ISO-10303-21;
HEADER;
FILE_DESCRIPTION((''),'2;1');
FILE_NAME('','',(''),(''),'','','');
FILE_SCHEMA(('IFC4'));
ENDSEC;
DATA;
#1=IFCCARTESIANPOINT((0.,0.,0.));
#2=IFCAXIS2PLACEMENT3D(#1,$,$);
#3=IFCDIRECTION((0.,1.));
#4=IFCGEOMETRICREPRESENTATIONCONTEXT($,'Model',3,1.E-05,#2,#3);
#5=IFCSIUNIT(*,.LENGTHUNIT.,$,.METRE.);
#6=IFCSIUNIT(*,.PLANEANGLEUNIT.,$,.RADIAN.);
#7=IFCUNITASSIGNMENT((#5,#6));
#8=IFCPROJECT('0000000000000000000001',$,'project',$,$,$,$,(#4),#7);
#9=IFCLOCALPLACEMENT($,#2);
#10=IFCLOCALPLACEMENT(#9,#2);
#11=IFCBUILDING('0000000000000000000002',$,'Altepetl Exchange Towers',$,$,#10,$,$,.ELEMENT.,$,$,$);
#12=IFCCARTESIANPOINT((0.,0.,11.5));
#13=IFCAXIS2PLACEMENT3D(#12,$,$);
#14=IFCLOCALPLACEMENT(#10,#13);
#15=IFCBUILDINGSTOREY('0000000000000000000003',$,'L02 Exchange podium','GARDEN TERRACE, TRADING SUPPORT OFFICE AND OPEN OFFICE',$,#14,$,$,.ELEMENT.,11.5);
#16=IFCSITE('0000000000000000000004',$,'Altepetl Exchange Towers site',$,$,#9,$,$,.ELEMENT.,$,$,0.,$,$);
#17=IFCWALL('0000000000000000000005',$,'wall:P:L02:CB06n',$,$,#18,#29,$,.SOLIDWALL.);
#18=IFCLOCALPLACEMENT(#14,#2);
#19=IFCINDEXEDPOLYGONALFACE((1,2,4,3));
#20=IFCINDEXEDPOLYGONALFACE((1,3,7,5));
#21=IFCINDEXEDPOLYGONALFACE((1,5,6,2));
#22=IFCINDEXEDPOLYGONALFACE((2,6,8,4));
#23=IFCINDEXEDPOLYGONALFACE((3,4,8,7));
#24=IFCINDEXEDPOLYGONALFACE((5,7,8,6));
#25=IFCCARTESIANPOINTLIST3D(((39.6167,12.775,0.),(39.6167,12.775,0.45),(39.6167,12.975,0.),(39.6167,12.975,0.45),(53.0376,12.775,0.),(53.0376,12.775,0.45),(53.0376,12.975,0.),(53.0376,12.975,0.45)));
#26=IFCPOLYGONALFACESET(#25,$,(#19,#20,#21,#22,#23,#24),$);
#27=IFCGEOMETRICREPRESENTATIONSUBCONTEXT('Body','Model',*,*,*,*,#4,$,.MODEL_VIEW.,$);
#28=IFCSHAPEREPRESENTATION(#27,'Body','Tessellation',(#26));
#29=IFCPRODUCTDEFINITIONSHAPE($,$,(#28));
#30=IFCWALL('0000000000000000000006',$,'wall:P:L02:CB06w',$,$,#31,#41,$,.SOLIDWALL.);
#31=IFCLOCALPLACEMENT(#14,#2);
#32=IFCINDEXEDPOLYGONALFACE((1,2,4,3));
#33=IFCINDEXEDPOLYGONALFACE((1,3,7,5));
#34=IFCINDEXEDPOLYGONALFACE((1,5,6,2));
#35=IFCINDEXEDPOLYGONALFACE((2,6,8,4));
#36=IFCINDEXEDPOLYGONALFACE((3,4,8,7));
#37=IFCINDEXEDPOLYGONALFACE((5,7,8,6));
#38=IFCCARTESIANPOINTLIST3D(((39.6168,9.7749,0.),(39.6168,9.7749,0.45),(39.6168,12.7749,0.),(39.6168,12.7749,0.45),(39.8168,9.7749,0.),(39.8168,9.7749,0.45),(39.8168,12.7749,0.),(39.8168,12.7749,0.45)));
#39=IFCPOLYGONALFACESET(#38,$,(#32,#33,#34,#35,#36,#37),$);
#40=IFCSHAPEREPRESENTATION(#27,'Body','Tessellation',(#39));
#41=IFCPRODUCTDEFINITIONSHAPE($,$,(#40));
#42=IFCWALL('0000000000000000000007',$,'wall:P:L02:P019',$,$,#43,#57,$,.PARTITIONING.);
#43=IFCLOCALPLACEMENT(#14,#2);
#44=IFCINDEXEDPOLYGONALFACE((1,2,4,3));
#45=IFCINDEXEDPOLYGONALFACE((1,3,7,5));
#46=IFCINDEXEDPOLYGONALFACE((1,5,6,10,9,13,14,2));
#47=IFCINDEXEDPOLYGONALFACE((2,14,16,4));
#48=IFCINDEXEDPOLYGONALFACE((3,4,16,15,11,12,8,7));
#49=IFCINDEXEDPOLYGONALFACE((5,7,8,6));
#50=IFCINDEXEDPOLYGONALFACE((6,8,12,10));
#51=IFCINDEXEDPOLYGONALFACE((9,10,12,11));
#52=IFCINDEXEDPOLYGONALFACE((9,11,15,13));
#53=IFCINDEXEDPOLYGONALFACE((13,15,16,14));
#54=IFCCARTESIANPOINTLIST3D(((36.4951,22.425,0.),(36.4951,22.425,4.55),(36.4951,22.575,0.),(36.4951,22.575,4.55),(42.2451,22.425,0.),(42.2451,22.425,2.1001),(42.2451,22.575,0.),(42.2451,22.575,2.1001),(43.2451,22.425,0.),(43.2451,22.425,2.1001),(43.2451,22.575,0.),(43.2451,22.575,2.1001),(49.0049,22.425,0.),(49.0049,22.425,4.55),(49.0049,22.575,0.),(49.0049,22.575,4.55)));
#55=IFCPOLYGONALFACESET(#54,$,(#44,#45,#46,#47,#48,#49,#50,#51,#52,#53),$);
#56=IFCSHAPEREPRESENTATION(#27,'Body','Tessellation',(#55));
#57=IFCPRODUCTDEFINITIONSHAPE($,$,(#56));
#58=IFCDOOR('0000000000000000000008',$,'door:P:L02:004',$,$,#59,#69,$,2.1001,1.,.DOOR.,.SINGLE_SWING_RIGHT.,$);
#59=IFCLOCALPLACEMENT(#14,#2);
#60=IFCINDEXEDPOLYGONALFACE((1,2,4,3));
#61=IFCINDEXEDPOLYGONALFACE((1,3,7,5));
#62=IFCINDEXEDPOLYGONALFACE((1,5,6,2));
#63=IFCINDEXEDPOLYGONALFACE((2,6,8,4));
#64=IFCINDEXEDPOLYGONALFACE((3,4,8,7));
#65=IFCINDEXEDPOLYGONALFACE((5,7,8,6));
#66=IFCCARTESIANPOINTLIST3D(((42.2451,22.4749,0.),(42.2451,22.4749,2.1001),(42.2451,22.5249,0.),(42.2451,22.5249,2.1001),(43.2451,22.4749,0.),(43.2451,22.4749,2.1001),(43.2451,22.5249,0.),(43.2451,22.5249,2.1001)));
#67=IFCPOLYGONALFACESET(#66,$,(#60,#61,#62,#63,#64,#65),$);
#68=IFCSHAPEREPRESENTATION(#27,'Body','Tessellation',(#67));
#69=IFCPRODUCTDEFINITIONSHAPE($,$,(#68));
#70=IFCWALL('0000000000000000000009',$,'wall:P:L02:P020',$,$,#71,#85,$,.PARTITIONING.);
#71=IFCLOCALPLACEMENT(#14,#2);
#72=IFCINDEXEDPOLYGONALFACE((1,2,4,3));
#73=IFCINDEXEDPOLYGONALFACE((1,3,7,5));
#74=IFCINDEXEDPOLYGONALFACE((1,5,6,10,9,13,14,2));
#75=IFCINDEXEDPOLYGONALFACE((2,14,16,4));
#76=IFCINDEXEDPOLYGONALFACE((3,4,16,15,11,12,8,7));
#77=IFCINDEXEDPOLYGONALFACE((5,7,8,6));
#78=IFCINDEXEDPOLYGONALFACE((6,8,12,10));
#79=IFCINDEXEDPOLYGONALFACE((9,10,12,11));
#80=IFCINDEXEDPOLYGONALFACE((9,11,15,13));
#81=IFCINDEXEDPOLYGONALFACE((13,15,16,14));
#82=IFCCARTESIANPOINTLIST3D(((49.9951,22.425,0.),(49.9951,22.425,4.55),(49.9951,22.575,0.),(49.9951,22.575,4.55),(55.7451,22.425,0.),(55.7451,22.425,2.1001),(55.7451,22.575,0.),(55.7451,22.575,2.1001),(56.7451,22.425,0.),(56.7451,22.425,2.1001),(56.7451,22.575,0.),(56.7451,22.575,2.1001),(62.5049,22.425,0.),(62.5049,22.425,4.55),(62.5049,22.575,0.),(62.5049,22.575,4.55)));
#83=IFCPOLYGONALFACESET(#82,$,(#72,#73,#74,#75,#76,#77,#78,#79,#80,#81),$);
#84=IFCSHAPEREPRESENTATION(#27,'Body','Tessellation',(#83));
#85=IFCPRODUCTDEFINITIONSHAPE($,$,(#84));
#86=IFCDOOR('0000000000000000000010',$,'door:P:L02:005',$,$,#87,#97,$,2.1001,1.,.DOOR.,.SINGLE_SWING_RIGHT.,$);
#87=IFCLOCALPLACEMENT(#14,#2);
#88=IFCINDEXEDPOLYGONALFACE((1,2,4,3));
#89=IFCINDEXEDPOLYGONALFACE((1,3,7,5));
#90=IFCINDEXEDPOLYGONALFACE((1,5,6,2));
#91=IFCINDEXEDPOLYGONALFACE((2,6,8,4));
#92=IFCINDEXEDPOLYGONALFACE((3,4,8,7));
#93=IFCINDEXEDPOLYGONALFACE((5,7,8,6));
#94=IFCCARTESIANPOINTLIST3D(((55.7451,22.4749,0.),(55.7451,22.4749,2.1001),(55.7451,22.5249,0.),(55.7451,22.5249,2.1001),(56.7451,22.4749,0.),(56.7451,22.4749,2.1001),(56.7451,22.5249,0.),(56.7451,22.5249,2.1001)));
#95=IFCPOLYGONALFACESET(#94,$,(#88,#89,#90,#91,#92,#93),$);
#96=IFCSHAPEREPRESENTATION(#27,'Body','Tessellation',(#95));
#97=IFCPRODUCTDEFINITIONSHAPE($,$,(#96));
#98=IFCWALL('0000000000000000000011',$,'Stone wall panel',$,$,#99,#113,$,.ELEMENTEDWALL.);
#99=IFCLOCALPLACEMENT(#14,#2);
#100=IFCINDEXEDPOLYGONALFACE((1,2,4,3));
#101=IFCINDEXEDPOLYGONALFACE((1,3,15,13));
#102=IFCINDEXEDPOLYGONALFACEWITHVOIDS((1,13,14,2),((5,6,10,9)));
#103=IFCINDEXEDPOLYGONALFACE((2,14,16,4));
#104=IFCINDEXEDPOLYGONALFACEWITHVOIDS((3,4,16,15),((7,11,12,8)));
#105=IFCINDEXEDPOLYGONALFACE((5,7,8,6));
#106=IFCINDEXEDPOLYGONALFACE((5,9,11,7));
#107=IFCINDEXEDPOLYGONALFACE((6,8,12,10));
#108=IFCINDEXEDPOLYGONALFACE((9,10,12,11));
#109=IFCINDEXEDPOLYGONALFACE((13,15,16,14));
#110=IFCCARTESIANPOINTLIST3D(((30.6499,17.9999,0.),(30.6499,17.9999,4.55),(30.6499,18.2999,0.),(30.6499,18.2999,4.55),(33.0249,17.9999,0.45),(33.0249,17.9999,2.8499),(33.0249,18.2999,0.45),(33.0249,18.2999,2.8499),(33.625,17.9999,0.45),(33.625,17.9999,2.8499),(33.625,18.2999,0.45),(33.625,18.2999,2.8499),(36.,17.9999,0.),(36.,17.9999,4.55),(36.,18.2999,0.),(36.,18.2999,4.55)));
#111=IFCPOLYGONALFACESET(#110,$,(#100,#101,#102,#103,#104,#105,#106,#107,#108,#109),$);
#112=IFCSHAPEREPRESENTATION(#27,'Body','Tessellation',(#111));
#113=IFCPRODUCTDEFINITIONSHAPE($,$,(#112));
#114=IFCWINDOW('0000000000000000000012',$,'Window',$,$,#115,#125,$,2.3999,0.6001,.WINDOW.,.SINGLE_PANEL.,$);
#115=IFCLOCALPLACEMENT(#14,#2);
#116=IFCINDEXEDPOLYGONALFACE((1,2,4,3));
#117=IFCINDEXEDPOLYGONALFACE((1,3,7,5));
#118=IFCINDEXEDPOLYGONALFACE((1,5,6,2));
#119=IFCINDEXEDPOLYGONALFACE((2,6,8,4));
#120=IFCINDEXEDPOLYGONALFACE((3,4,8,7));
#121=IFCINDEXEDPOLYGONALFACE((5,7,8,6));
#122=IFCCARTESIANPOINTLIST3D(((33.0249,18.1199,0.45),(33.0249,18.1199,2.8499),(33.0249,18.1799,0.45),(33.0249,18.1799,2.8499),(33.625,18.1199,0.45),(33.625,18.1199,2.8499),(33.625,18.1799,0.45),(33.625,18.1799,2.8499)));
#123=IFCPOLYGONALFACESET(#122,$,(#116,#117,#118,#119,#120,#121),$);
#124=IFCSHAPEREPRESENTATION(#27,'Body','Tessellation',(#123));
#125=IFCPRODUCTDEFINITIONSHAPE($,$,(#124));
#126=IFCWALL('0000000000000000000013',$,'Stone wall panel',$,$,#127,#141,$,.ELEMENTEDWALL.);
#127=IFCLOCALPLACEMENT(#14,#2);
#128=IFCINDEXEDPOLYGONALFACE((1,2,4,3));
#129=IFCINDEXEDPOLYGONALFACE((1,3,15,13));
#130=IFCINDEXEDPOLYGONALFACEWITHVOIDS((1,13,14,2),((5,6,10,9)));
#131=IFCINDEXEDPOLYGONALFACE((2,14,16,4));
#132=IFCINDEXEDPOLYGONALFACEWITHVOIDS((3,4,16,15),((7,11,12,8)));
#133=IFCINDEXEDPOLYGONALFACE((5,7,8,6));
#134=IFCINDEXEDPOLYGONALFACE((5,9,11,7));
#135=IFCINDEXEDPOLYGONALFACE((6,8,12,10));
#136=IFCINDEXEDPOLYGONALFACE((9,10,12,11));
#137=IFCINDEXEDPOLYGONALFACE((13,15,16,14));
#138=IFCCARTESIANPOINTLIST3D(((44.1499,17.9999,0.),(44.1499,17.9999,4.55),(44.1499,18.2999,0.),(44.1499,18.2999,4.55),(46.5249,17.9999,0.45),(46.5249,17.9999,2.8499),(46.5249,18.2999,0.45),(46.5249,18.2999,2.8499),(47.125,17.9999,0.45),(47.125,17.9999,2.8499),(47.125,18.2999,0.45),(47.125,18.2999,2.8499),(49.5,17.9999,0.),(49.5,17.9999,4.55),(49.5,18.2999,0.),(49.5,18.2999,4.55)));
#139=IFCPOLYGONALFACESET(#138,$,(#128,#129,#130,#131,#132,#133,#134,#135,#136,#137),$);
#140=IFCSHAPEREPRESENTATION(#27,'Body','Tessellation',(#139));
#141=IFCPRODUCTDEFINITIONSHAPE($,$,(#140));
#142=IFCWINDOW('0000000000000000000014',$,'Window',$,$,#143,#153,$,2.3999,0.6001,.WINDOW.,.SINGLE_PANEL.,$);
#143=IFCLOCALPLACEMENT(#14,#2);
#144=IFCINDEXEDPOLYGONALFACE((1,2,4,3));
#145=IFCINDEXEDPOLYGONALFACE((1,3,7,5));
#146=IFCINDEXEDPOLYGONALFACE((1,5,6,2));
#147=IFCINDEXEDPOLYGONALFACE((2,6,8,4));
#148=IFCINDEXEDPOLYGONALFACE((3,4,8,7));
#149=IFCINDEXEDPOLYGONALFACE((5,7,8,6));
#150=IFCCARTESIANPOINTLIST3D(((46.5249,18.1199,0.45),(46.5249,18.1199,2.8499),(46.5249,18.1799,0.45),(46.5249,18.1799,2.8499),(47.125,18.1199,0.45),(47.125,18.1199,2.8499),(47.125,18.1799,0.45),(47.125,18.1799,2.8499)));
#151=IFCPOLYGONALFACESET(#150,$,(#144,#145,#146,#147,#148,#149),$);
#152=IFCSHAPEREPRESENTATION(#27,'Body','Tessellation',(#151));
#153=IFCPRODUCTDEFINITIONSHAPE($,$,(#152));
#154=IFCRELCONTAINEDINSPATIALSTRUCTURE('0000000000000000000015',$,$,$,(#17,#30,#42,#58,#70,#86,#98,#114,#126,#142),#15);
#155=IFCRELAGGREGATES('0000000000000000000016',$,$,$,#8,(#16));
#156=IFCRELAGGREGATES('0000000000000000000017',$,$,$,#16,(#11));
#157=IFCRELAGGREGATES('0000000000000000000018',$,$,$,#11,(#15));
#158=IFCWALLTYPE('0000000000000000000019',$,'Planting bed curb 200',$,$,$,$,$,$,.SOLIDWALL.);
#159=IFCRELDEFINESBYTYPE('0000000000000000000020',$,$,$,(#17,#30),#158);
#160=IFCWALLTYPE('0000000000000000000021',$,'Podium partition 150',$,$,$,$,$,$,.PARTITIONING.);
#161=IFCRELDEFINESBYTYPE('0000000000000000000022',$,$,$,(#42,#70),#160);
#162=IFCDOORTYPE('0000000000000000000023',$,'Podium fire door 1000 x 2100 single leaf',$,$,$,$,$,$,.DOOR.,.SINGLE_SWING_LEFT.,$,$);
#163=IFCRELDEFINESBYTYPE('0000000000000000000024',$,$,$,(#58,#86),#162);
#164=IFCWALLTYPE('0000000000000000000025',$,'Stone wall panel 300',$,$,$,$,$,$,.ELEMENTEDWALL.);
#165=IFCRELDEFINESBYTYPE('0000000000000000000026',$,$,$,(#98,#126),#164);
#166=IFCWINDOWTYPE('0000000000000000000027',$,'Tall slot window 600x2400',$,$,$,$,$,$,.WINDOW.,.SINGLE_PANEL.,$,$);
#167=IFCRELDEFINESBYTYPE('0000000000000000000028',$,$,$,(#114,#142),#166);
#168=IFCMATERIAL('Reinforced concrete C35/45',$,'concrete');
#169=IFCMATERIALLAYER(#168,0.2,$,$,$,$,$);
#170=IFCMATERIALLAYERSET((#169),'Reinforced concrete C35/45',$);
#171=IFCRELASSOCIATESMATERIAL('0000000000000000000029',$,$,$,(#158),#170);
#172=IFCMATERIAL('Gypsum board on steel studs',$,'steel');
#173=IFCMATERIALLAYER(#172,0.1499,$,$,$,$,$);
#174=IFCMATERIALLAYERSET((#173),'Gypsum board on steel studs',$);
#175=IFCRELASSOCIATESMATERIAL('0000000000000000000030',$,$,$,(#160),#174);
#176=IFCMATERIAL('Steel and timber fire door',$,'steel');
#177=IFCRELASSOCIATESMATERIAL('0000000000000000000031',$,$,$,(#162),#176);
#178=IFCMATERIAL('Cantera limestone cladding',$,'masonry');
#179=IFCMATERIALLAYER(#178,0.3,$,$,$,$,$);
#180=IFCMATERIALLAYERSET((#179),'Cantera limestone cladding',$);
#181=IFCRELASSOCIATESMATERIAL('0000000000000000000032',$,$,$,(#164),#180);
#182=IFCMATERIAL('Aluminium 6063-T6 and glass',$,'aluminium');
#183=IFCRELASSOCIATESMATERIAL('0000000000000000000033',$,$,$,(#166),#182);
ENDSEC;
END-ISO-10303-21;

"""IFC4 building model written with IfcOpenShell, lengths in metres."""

from ifc_helpers import new_model, si_unit, direction, frame, frame_2d, origin, place, context, subcontext, project, spatial, rectangle, extrude, material, layer, layer_set, type_object, element, fill, save


model = new_model("IFC4")

# Units and contexts
model_context = context("Model", 3, precision=1e-05, world=origin(), true_north=direction((0.0, 1.0)))
body_context = subcontext(model_context, "Body", "Model", "MODEL_VIEW")
ifc_project = project(units=[si_unit("LENGTHUNIT", "METRE"), si_unit("PLANEANGLEUNIT", "RADIAN")], contexts=[model_context])

# Site, building, storey
site_placement = place(None, origin())
site = spatial("IfcSite", under=ifc_project, at=site_placement, Name="Altepetl Exchange Towers site", CompositionType="ELEMENT", RefElevation=0.0)
building_placement = place(site_placement, origin())
building = spatial("IfcBuilding", under=site, at=building_placement, Name="Altepetl Exchange Towers", CompositionType="ELEMENT")
storey_placement = place(building_placement, frame((0.0, 0.0, 11.5)))
storey = spatial("IfcBuildingStorey", under=building, at=storey_placement, Name="L02 Exchange podium", Description="GARDEN TERRACE, TRADING SUPPORT OFFICE AND OPEN OFFICE", CompositionType="ELEMENT", Elevation=11.5)

# Shared definitions
ifc_material_1 = material(Name="Aluminium 6063-T6 and glass", Category="aluminium")

# Walls
ifc_material_2 = material(Name="Reinforced concrete C35/45", Category="concrete")
ifc_layer_1 = layer(ifc_material_2, 0.2)
ifc_layer_set_1 = layer_set([ifc_layer_1], Name="Reinforced concrete C35/45")
wall_type_1 = type_object("IfcWallType", Name="Planting bed curb 200", PredefinedType="SOLIDWALL", material=ifc_layer_set_1)
wall_1_placement = place(storey_placement, frame((39.6167, 12.875, 0.0)))
element("IfcWall", 1, at=wall_1_placement, inside=storey, type_object=wall_type_1, Name="wall:P:L02:CB06n", PredefinedType="SOLIDWALL", context=body_context, shape_type="SweptSolid", body=[
    extrude(rectangle(XDim=13.4209, YDim=0.2, at=frame_2d((6.7104, 0.0))), origin(), (0.0, 0.0, 1.0), 0.45),
])
wall_2_placement = place(storey_placement, frame((39.7168, 9.7749, 0.0), z_axis=(0.0, 0.0, 1.0), x_axis=(0.0, 1.0, 0.0)))
element("IfcWall", 2, at=wall_2_placement, inside=storey, type_object=wall_type_1, Name="wall:P:L02:CB06w", PredefinedType="SOLIDWALL", context=body_context, shape_type="SweptSolid", body=[
    extrude(rectangle(XDim=3.0, YDim=0.2, at=frame_2d((1.5, 0.0))), origin(), (0.0, 0.0, 1.0), 0.45),
])

# Walls, openings, doors
ifc_material_3 = material(Name="Gypsum board on steel studs", Category="steel")
ifc_layer_2 = layer(ifc_material_3, 0.1499)
ifc_layer_set_2 = layer_set([ifc_layer_2], Name="Gypsum board on steel studs")
wall_type_2 = type_object("IfcWallType", Name="Podium partition 150", PredefinedType="PARTITIONING", material=ifc_layer_set_2)
wall_3_placement = place(storey_placement, frame((36.4951, 22.5, 0.0)))
wall_3 = element("IfcWall", 3, at=wall_3_placement, inside=storey, type_object=wall_type_2, Name="wall:P:L02:P019", PredefinedType="PARTITIONING", context=body_context, shape_type="SweptSolid", body=[
    extrude(rectangle(XDim=12.5098, YDim=0.1499, at=frame_2d((6.2549, 0.0))), origin(), (0.0, 0.0, 1.0), 4.55),
])
opening_1_placement = place(wall_3_placement, frame((5.75, 0.0, 0.0)))
opening_1 = element("IfcOpeningElement", 4, at=opening_1_placement, cuts=wall_3, PredefinedType="OPENING", context=body_context, shape_type="SweptSolid", body=[
    extrude(rectangle(XDim=1.0, YDim=2.1001, at=frame_2d((0.5, 1.05))), frame((0.0, 0.085, 0.0), z_axis=(0.0, -1.0, 0.0), x_axis=(1.0, 0.0, 0.0)), (0.0, 0.0, 1.0), 0.1699),
])
ifc_material_4 = material(Name="Steel and timber fire door", Category="steel")
door_type_1 = type_object("IfcDoorType", Name="Podium fire door 1000 x 2100 single leaf", OperationType="SINGLE_SWING_LEFT", PredefinedType="DOOR", material=ifc_material_4)
door_1_placement = place(opening_1_placement, origin())
door_1 = element("IfcDoor", 5, at=door_1_placement, inside=storey, type_object=door_type_1, Name="door:P:L02:004", OperationType="SINGLE_SWING_RIGHT", OverallHeight=2.1001, OverallWidth=1.0, PredefinedType="DOOR", context=body_context, shape_type="SweptSolid", body=[
    extrude(rectangle(XDim=1.0, YDim=2.1001, at=frame_2d((0.5, 1.05))), frame((0.0, 0.0249, 0.0), z_axis=(0.0, -1.0, 0.0), x_axis=(1.0, 0.0, 0.0)), (0.0, 0.0, 1.0), 0.05),
])
fill(opening_1, door_1)
wall_4_placement = place(storey_placement, frame((49.9951, 22.5, 0.0)))
wall_4 = element("IfcWall", 6, at=wall_4_placement, inside=storey, type_object=wall_type_2, Name="wall:P:L02:P020", PredefinedType="PARTITIONING", context=body_context, shape_type="SweptSolid", body=[
    extrude(rectangle(XDim=12.5098, YDim=0.1499, at=frame_2d((6.2549, 0.0))), origin(), (0.0, 0.0, 1.0), 4.55),
])
opening_2_placement = place(wall_4_placement, frame((5.75, 0.0, 0.0)))
opening_2 = element("IfcOpeningElement", 7, at=opening_2_placement, cuts=wall_4, PredefinedType="OPENING", context=body_context, shape_type="SweptSolid", body=[
    extrude(rectangle(XDim=1.0, YDim=2.1001, at=frame_2d((0.5, 1.05))), frame((0.0, 0.085, 0.0), z_axis=(0.0, -1.0, 0.0), x_axis=(1.0, 0.0, 0.0)), (0.0, 0.0, 1.0), 0.1699),
])
door_2_placement = place(opening_2_placement, origin())
door_2 = element("IfcDoor", 8, at=door_2_placement, inside=storey, type_object=door_type_1, Name="door:P:L02:005", OperationType="SINGLE_SWING_RIGHT", OverallHeight=2.1001, OverallWidth=1.0, PredefinedType="DOOR", context=body_context, shape_type="SweptSolid", body=[
    extrude(rectangle(XDim=1.0, YDim=2.1001, at=frame_2d((0.5, 1.05))), frame((0.0, 0.0249, 0.0), z_axis=(0.0, -1.0, 0.0), x_axis=(1.0, 0.0, 0.0)), (0.0, 0.0, 1.0), 0.05),
])
fill(opening_2, door_2)

# Walls, openings, windows
ifc_material_5 = material(Name="Cantera limestone cladding", Category="masonry")
ifc_layer_3 = layer(ifc_material_5, 0.3)
ifc_layer_set_3 = layer_set([ifc_layer_3], Name="Cantera limestone cladding")
wall_type_3 = type_object("IfcWallType", Name="Stone wall panel 300", PredefinedType="ELEMENTEDWALL", material=ifc_layer_set_3)
wall_5_placement = place(storey_placement, frame((30.6499, 18.1499, 0.0)))
wall_5 = element("IfcWall", 9, at=wall_5_placement, inside=storey, type_object=wall_type_3, Name="Stone wall panel", PredefinedType="ELEMENTEDWALL", context=body_context, shape_type="SweptSolid", body=[
    extrude(rectangle(XDim=5.3501, YDim=0.3, at=frame_2d((2.675, 0.0))), origin(), (0.0, 0.0, 1.0), 4.55),
])
opening_3_placement = place(wall_5_placement, frame((2.375, 0.0, 0.45)))
opening_3 = element("IfcOpeningElement", 10, at=opening_3_placement, cuts=wall_5, PredefinedType="OPENING", context=body_context, shape_type="SweptSolid", body=[
    extrude(rectangle(XDim=0.6001, YDim=2.3999, at=frame_2d((0.3, 1.2))), frame((0.0, 0.1602, 0.0), z_axis=(0.0, -1.0, 0.0), x_axis=(1.0, 0.0, 0.0)), (0.0, 0.0, 1.0), 0.3201),
])
window_type = type_object("IfcWindowType", Name="Tall slot window 600x2400", PartitioningType="SINGLE_PANEL", PredefinedType="WINDOW", material=ifc_material_1)
window_1_placement = place(opening_3_placement, origin())
window_1 = element("IfcWindow", 11, at=window_1_placement, inside=storey, type_object=window_type, Name="Window", OverallHeight=2.3999, OverallWidth=0.6001, PartitioningType="SINGLE_PANEL", PredefinedType="WINDOW", context=body_context, shape_type="SweptSolid", body=[
    extrude(rectangle(XDim=0.6001, YDim=2.3999, at=frame_2d((0.3, 1.2))), frame((0.0, 0.03, 0.0), z_axis=(0.0, -1.0, 0.0), x_axis=(1.0, 0.0, 0.0)), (0.0, 0.0, 1.0), 0.0601),
])
fill(opening_3, window_1)
wall_6_placement = place(storey_placement, frame((44.1499, 18.1499, 0.0)))
wall_6 = element("IfcWall", 12, at=wall_6_placement, inside=storey, type_object=wall_type_3, Name="Stone wall panel", PredefinedType="ELEMENTEDWALL", context=body_context, shape_type="SweptSolid", body=[
    extrude(rectangle(XDim=5.3501, YDim=0.3, at=frame_2d((2.675, 0.0))), origin(), (0.0, 0.0, 1.0), 4.55),
])
opening_4_placement = place(wall_6_placement, frame((2.375, 0.0, 0.45)))
opening_4 = element("IfcOpeningElement", 13, at=opening_4_placement, cuts=wall_6, PredefinedType="OPENING", context=body_context, shape_type="SweptSolid", body=[
    extrude(rectangle(XDim=0.6001, YDim=2.3999, at=frame_2d((0.3, 1.2))), frame((0.0, 0.1602, 0.0), z_axis=(0.0, -1.0, 0.0), x_axis=(1.0, 0.0, 0.0)), (0.0, 0.0, 1.0), 0.3201),
])
window_2_placement = place(opening_4_placement, origin())
window_2 = element("IfcWindow", 14, at=window_2_placement, inside=storey, type_object=window_type, Name="Window", OverallHeight=2.3999, OverallWidth=0.6001, PartitioningType="SINGLE_PANEL", PredefinedType="WINDOW", context=body_context, shape_type="SweptSolid", body=[
    extrude(rectangle(XDim=0.6001, YDim=2.3999, at=frame_2d((0.3, 1.2))), frame((0.0, 0.03, 0.0), z_axis=(0.0, -1.0, 0.0), x_axis=(1.0, 0.0, 0.0)), (0.0, 0.0, 1.0), 0.0601),
])
fill(opening_4, window_2)

save(model, "model.ifc")
